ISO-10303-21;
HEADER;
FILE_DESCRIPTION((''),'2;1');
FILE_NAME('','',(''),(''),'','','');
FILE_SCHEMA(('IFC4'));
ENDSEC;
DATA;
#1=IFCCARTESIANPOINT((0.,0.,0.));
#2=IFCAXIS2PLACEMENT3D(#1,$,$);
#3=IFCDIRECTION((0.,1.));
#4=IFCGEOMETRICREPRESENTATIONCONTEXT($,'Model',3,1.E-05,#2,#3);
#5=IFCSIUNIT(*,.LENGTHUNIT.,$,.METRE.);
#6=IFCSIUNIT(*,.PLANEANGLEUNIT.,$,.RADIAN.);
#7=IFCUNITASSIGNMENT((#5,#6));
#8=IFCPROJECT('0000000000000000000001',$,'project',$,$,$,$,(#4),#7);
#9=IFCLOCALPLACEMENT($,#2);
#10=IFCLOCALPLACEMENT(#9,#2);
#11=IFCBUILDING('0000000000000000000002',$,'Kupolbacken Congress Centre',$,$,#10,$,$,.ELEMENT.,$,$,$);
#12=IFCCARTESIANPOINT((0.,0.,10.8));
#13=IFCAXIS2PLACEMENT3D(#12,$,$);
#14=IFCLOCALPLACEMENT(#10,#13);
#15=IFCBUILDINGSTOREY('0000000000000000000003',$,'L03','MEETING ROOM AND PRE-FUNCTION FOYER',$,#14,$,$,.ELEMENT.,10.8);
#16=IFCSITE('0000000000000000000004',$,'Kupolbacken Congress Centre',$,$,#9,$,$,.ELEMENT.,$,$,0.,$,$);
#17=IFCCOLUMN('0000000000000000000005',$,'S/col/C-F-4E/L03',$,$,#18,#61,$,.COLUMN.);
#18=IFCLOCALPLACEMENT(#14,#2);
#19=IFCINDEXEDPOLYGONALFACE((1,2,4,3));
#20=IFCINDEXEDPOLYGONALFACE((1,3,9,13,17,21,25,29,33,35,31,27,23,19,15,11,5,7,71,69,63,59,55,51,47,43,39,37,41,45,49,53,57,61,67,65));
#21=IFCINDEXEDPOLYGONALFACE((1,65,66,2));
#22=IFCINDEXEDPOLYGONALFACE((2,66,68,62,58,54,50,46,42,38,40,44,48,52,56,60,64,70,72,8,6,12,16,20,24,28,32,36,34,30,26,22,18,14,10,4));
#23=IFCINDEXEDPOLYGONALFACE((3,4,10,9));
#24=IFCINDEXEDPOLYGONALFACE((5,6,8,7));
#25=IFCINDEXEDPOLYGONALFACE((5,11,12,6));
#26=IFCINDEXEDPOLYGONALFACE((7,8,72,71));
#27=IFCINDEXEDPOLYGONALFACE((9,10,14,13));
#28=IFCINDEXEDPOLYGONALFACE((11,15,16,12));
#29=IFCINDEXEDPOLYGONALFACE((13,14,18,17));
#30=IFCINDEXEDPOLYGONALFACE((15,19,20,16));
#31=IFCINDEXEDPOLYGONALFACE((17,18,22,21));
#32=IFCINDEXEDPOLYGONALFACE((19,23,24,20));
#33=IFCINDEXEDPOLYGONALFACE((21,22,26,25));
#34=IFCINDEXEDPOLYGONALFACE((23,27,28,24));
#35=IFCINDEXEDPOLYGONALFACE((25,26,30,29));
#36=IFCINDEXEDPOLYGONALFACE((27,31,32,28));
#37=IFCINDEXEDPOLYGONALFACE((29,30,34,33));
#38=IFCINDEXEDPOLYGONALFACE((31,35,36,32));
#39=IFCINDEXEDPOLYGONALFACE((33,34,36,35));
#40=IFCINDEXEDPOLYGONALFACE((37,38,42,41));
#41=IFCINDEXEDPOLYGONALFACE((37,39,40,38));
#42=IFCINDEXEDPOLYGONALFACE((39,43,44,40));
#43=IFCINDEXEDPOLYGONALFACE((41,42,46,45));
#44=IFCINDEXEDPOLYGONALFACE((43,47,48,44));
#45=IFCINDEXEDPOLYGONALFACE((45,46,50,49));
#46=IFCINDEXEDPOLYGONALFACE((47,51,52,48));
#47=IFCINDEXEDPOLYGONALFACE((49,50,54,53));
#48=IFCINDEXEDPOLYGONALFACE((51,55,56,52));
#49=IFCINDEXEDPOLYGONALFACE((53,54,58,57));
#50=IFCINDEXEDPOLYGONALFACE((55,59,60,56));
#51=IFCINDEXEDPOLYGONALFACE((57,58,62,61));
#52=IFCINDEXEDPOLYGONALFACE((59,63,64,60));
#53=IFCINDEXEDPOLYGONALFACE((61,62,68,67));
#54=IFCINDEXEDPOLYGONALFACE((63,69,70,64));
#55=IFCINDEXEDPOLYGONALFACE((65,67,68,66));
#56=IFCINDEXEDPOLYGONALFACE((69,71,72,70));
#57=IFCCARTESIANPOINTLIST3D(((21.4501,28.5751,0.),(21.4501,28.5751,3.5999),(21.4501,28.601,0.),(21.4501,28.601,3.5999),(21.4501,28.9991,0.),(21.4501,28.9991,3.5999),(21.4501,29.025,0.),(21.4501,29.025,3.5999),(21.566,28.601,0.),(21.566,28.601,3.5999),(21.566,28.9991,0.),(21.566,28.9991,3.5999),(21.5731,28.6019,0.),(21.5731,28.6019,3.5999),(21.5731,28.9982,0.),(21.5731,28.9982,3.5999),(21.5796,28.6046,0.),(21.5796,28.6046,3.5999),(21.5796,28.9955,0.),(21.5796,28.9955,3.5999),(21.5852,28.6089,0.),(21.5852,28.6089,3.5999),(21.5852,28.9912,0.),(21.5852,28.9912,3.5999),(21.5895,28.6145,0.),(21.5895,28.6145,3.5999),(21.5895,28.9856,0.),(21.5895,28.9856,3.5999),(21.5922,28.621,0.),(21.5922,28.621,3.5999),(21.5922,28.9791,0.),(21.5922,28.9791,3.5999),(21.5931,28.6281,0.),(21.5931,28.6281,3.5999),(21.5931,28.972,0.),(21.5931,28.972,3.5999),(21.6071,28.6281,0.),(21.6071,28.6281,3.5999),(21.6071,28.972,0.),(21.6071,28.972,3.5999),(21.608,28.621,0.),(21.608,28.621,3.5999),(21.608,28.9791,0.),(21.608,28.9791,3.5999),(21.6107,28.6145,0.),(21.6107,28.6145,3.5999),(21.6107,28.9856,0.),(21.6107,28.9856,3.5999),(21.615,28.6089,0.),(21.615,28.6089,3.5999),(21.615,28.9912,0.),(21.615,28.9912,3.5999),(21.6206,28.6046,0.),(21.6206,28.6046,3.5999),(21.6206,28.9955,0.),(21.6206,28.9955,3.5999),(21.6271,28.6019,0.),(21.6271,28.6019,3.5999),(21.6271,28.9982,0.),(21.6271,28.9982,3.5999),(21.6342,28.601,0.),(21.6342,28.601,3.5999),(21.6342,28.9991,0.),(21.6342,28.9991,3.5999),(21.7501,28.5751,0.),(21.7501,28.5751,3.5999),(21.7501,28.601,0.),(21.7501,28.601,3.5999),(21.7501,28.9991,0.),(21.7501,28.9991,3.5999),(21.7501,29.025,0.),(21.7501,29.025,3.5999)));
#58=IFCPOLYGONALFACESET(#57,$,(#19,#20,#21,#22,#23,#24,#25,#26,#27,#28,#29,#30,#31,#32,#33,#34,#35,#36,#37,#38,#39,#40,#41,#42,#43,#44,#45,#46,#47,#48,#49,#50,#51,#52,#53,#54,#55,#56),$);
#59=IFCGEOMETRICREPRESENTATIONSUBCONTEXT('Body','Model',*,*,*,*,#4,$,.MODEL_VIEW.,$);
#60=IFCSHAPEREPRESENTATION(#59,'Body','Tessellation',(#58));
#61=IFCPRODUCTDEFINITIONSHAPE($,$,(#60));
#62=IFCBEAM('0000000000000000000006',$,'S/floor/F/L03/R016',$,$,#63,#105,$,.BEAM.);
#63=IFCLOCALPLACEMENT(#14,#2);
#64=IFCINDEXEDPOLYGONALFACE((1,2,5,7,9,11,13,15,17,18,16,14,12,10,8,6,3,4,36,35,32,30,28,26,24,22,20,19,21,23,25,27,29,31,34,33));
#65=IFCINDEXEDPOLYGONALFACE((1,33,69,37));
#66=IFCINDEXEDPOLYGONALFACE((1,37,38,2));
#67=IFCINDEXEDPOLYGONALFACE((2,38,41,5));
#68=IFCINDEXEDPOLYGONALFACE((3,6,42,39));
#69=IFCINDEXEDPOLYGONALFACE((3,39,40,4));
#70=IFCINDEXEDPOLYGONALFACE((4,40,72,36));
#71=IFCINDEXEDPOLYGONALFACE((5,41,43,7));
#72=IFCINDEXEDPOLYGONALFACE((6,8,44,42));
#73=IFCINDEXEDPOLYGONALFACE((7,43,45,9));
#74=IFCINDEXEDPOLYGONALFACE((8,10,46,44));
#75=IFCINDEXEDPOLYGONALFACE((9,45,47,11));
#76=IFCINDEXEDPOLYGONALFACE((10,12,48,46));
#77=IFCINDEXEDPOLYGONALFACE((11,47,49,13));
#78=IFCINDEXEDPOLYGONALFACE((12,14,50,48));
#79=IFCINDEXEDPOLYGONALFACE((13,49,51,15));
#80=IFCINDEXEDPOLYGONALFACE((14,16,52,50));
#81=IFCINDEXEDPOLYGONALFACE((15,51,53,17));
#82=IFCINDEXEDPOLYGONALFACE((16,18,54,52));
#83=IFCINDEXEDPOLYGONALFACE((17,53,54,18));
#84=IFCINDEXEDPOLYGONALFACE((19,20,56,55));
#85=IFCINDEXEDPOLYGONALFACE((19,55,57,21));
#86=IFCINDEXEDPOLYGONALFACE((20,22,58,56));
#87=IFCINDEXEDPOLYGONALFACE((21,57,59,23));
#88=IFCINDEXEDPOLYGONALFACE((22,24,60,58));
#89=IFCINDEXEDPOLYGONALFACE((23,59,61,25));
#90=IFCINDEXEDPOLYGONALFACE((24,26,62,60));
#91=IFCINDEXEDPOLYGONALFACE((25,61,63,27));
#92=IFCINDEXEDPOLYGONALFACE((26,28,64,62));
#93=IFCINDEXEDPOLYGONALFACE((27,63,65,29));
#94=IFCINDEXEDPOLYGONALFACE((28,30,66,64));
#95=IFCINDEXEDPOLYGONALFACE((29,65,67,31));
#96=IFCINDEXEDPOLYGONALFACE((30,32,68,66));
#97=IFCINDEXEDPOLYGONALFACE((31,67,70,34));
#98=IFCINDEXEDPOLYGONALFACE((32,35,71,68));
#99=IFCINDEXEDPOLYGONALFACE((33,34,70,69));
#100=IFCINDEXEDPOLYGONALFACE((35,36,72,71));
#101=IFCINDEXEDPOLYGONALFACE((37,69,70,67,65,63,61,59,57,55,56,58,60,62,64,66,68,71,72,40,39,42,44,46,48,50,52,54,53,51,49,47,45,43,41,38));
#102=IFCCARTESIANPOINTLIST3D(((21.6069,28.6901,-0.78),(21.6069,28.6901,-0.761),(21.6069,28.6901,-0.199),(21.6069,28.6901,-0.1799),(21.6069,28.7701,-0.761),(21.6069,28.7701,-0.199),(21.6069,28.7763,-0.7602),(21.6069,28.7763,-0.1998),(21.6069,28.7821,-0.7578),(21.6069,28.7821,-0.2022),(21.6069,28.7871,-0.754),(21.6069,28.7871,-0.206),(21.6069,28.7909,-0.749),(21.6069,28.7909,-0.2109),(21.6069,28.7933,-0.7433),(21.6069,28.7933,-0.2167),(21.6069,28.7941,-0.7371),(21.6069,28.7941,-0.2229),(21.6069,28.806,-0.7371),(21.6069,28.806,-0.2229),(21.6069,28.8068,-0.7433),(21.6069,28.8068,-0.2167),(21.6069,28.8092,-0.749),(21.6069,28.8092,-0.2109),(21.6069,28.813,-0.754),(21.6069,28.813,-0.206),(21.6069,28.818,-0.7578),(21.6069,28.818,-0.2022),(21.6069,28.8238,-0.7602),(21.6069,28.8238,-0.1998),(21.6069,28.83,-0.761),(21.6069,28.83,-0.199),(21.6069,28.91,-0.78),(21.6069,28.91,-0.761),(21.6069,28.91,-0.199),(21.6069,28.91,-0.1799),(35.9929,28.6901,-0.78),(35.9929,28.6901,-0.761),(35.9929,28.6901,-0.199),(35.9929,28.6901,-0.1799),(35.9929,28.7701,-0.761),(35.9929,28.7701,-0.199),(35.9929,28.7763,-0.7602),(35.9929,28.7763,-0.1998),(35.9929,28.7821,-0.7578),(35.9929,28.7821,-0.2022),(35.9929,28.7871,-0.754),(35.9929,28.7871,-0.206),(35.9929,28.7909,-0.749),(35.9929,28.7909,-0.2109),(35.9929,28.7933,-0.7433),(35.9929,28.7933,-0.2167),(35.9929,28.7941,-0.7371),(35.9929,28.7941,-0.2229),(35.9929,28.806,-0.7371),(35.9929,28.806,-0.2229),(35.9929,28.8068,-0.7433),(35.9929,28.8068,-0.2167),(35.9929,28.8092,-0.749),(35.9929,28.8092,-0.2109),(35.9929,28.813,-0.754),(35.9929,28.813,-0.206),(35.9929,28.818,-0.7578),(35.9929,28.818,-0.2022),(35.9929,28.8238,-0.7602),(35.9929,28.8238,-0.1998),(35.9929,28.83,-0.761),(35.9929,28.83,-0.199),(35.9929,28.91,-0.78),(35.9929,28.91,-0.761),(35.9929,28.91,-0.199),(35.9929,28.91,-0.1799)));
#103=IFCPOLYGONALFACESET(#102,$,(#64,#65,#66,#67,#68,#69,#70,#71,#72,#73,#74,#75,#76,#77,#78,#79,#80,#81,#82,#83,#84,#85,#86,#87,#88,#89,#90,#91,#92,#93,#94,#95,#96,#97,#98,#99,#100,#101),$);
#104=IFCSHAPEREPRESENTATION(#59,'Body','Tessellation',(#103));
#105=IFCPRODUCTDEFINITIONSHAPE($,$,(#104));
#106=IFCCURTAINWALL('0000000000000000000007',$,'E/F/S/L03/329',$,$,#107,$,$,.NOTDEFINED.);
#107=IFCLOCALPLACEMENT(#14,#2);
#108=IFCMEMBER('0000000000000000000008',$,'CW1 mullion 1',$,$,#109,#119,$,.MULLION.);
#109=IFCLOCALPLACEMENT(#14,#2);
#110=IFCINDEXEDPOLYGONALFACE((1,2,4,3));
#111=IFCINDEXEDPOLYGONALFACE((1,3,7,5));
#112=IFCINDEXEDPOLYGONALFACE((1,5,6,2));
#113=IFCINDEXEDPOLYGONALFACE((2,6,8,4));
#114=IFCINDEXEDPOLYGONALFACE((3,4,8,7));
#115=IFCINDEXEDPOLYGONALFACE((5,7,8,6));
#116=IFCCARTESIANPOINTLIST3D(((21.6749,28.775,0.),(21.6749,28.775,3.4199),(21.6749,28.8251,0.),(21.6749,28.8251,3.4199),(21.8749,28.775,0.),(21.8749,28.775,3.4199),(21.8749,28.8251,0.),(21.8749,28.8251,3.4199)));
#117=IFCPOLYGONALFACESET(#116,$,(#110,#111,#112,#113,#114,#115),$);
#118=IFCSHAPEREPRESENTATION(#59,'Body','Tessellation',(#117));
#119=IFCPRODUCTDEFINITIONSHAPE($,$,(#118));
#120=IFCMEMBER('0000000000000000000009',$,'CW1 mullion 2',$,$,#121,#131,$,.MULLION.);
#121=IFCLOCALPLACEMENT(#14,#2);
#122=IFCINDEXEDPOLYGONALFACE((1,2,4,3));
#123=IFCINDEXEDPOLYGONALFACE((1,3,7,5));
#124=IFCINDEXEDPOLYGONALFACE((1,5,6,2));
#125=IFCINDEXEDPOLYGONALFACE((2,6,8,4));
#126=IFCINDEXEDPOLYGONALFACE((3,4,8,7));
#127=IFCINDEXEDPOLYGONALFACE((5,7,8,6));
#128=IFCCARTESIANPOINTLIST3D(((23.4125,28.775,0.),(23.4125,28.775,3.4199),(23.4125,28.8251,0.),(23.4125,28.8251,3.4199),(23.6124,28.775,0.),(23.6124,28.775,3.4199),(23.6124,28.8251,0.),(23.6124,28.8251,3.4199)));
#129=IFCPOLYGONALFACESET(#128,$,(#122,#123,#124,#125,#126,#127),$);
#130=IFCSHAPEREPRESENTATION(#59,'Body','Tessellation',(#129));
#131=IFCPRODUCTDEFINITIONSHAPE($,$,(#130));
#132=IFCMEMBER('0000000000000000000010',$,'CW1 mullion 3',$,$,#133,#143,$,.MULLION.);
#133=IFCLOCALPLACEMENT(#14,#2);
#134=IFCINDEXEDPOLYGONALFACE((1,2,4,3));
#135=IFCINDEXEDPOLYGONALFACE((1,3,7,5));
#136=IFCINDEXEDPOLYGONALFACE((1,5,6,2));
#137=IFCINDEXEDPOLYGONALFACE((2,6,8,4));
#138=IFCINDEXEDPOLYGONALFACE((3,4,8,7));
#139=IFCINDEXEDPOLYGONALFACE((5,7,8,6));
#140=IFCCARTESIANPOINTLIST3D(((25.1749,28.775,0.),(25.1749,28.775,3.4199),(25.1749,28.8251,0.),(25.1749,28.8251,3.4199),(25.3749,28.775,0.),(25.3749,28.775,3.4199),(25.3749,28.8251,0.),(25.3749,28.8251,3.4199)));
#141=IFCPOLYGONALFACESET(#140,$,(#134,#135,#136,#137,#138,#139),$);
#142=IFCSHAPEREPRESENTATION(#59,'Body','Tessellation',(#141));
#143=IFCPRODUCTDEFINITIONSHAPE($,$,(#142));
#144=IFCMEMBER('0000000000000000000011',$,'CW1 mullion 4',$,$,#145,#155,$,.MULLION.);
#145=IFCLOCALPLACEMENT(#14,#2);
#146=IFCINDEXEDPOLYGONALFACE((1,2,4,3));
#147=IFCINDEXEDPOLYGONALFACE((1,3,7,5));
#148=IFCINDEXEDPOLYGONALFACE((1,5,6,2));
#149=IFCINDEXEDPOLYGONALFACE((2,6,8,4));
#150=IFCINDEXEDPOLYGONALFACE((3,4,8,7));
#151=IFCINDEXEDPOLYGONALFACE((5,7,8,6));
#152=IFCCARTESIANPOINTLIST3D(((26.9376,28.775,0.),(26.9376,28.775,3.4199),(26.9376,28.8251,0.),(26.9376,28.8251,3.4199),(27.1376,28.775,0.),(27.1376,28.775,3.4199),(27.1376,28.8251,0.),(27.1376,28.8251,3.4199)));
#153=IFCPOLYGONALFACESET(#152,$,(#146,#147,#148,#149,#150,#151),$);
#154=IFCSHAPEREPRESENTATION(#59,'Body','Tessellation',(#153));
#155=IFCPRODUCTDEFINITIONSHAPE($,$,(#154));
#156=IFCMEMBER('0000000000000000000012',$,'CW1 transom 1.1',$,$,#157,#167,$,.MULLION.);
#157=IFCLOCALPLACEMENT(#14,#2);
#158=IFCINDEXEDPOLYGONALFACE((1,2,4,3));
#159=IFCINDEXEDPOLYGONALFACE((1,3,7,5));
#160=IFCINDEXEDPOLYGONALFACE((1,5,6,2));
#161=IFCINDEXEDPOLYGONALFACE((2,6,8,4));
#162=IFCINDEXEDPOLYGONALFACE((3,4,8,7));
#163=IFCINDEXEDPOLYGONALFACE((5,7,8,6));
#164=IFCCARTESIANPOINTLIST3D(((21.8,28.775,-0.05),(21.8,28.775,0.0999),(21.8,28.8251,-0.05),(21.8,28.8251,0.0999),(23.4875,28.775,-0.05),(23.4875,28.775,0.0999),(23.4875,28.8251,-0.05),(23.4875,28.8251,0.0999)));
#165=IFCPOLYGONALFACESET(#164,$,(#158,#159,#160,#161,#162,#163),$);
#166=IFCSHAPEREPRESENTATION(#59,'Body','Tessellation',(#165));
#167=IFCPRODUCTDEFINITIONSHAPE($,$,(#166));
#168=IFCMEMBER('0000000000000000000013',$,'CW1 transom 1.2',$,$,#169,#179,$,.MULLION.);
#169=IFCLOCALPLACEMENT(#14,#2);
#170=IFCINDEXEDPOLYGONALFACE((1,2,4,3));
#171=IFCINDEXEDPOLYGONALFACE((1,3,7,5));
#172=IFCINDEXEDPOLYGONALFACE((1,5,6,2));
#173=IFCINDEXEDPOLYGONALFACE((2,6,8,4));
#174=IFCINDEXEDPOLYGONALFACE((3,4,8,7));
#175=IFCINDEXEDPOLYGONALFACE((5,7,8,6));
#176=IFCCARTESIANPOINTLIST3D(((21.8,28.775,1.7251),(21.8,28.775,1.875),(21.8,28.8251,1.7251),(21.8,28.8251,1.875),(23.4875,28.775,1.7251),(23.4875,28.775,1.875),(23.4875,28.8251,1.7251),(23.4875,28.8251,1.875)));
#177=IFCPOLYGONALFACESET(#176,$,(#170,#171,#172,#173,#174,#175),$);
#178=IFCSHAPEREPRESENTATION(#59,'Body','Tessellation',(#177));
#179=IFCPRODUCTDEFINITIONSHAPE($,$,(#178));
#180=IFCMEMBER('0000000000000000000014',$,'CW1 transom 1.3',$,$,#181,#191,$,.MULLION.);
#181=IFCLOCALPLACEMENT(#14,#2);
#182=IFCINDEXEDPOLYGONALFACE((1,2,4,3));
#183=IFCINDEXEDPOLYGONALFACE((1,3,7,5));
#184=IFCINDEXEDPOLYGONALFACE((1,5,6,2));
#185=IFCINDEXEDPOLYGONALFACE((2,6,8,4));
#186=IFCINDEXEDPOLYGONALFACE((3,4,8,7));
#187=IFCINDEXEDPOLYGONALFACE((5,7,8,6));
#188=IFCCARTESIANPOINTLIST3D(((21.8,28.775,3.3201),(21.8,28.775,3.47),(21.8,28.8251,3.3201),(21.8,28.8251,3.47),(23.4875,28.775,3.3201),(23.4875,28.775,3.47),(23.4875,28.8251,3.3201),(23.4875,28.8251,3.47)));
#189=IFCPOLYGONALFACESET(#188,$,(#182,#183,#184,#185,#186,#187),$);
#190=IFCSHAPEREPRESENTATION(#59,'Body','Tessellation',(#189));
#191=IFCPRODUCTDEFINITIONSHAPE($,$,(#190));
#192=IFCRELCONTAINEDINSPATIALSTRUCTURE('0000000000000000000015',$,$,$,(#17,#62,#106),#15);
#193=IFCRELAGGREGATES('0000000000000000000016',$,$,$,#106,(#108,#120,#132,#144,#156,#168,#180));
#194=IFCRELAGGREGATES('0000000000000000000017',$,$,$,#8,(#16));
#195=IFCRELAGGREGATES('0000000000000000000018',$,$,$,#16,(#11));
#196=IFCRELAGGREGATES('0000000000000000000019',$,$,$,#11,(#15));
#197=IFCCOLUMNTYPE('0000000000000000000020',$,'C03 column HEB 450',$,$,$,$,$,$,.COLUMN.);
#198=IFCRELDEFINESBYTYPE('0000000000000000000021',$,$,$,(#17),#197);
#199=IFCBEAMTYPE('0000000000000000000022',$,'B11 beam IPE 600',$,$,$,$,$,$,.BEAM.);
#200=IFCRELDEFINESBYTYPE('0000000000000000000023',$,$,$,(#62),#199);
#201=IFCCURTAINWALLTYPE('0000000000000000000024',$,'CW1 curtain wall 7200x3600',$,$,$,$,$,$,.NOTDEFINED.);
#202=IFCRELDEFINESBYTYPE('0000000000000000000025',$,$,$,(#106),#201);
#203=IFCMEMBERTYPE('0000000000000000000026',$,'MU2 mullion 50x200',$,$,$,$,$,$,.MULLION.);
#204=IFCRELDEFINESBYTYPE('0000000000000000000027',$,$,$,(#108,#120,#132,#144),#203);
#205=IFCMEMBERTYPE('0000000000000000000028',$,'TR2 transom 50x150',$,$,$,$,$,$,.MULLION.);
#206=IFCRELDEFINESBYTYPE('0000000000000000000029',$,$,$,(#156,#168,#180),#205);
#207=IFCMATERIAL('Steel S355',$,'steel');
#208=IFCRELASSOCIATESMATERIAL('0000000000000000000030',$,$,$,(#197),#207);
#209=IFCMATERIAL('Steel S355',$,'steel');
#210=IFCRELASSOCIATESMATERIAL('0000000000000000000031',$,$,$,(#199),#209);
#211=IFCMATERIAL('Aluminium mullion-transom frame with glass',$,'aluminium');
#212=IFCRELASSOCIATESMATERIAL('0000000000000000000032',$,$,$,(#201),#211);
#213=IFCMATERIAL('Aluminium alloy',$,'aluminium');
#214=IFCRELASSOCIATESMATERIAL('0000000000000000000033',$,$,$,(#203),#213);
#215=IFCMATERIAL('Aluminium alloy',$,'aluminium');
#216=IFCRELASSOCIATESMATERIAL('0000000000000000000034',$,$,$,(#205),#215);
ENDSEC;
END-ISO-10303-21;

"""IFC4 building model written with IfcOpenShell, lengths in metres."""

from ifc_helpers import new_model, si_unit, direction, frame, origin, origin_2d, place, context, subcontext, project, spatial, rectangle, i_section, extrude, material, material_profile, profile_set, type_object, element, aggregate, save


model = new_model("IFC4")

# Units and contexts
model_context = context("Model", 3, precision=1e-05, world=origin(), true_north=direction((0.0, 1.0)))
body_context = subcontext(model_context, "Body", "Model", "MODEL_VIEW")
ifc_project = project(units=[si_unit("LENGTHUNIT", "METRE"), si_unit("PLANEANGLEUNIT", "RADIAN")], contexts=[model_context])

# Site, building, storey
site_placement = place(None, origin())
site = spatial("IfcSite", under=ifc_project, at=site_placement, Name="Kupolbacken Congress Centre", CompositionType="ELEMENT", RefElevation=0.0)
building_placement = place(site_placement, origin())
building = spatial("IfcBuilding", under=site, at=building_placement, Name="Kupolbacken Congress Centre", CompositionType="ELEMENT")
storey_placement = place(building_placement, frame((0.0, 0.0, 10.8)))
storey = spatial("IfcBuildingStorey", under=building, at=storey_placement, Name="L03", Description="MEETING ROOM AND PRE-FUNCTION FOYER", CompositionType="ELEMENT", Elevation=10.8)

# Column
ifc_material_1 = material(Name="Steel S355", Category="steel")
ifc_material_profile_1 = material_profile(ifc_material_1, i_section(OverallWidth=0.3, OverallDepth=0.45, WebThickness=0.0139, FlangeThickness=0.0259, FilletRadius=0.0271, at=origin_2d()), Name="HEB 450")
ifc_profile_set_1 = profile_set([ifc_material_profile_1], Name="Steel S355")
column_type = type_object("IfcColumnType", Name="C03 column HEB 450", PredefinedType="COLUMN", material=ifc_profile_set_1)
column_placement = place(storey_placement, frame((21.6001, 28.8, 0.0), z_axis=(0.0, 0.0, 1.0), x_axis=(1.0, 0.0, 0.0)))
element("IfcColumn", 1, at=column_placement, inside=storey, type_object=column_type, Name="S/col/C-F-4E/L03", PredefinedType="COLUMN", context=body_context, shape_type="SweptSolid", body=[
    extrude(i_section(OverallWidth=0.3, OverallDepth=0.45, WebThickness=0.0139, FlangeThickness=0.0259, FilletRadius=0.0271, at=origin_2d()), origin(), (0.0, 0.0, 1.0), 3.5999),
])

# Beam
ifc_material_2 = material(Name="Steel S355", Category="steel")
ifc_material_profile_2 = material_profile(ifc_material_2, i_section(OverallWidth=0.22, OverallDepth=0.6001, WebThickness=0.012, FlangeThickness=0.019, FilletRadius=0.0239, at=origin_2d()), Name="IPE 600")
ifc_profile_set_2 = profile_set([ifc_material_profile_2], Name="Steel S355")
beam_type = type_object("IfcBeamType", Name="B11 beam IPE 600", PredefinedType="BEAM", material=ifc_profile_set_2)
beam_placement = place(storey_placement, frame((21.6069, 28.8, -0.48), z_axis=(1.0, 0.0, 0.0), x_axis=(0.0, 1.0, 0.0)))
element("IfcBeam", 2, at=beam_placement, inside=storey, type_object=beam_type, Name="S/floor/F/L03/R016", PredefinedType="BEAM", context=body_context, shape_type="SweptSolid", body=[
    extrude(i_section(OverallWidth=0.22, OverallDepth=0.6001, WebThickness=0.012, FlangeThickness=0.019, FilletRadius=0.0239, at=origin_2d()), origin(), (0.0, 0.0, 1.0), 14.386),
])

# Curtain wall, members
ifc_material_3 = material(Name="Aluminium mullion-transom frame with glass", Category="aluminium")
curtain_wall_type = type_object("IfcCurtainWallType", Name="CW1 curtain wall 7200x3600", PredefinedType="NOTDEFINED", material=ifc_material_3)
curtain_wall_placement = place(storey_placement, origin())
curtain_wall = element("IfcCurtainWall", 3, at=curtain_wall_placement, inside=storey, type_object=curtain_wall_type, Name="E/F/S/L03/329", PredefinedType="NOTDEFINED")
ifc_material_4 = material(Name="Aluminium alloy", Category="aluminium")
ifc_material_profile_3 = material_profile(ifc_material_4, rectangle(XDim=0.05, YDim=0.2, at=origin_2d()), Name="50 x 200")
ifc_profile_set_3 = profile_set([ifc_material_profile_3], Name="Aluminium alloy")
member_type_1 = type_object("IfcMemberType", Name="MU2 mullion 50x200", PredefinedType="MULLION", material=ifc_profile_set_3)
member_1_placement = place(storey_placement, frame((21.7749, 28.8, 0.0), z_axis=(0.0, 0.0, 1.0), x_axis=(0.0, 1.0, 0.0)))
member_1 = element("IfcMember", 4, at=member_1_placement, type_object=member_type_1, Name="CW1 mullion 1", PredefinedType="MULLION", context=body_context, shape_type="SweptSolid", body=[
    extrude(rectangle(XDim=0.05, YDim=0.2, at=origin_2d()), origin(), (0.0, 0.0, 1.0), 3.4199),
])
member_2_placement = place(storey_placement, frame((23.5125, 28.8, 0.0), z_axis=(0.0, 0.0, 1.0), x_axis=(0.0, 1.0, 0.0)))
member_2 = element("IfcMember", 5, at=member_2_placement, type_object=member_type_1, Name="CW1 mullion 2", PredefinedType="MULLION", context=body_context, shape_type="SweptSolid", body=[
    extrude(rectangle(XDim=0.05, YDim=0.2, at=origin_2d()), origin(), (0.0, 0.0, 1.0), 3.4199),
])
member_3_placement = place(storey_placement, frame((25.2749, 28.8, 0.0), z_axis=(0.0, 0.0, 1.0), x_axis=(0.0, 1.0, 0.0)))
member_3 = element("IfcMember", 6, at=member_3_placement, type_object=member_type_1, Name="CW1 mullion 3", PredefinedType="MULLION", context=body_context, shape_type="SweptSolid", body=[
    extrude(rectangle(XDim=0.05, YDim=0.2, at=origin_2d()), origin(), (0.0, 0.0, 1.0), 3.4199),
])
member_4_placement = place(storey_placement, frame((27.0376, 28.8, 0.0), z_axis=(0.0, 0.0, 1.0), x_axis=(0.0, 1.0, 0.0)))
member_4 = element("IfcMember", 7, at=member_4_placement, type_object=member_type_1, Name="CW1 mullion 4", PredefinedType="MULLION", context=body_context, shape_type="SweptSolid", body=[
    extrude(rectangle(XDim=0.05, YDim=0.2, at=origin_2d()), origin(), (0.0, 0.0, 1.0), 3.4199),
])
ifc_material_5 = material(Name="Aluminium alloy", Category="aluminium")
ifc_material_profile_4 = material_profile(ifc_material_5, rectangle(XDim=0.05, YDim=0.1499, at=origin_2d()), Name="50 x 150")
ifc_profile_set_4 = profile_set([ifc_material_profile_4], Name="Aluminium alloy")
member_type_2 = type_object("IfcMemberType", Name="TR2 transom 50x150", PredefinedType="MULLION", material=ifc_profile_set_4)
member_5_placement = place(storey_placement, frame((21.8, 28.8, 0.0249), z_axis=(1.0, 0.0, 0.0), x_axis=(0.0, 1.0, 0.0)))
member_5 = element("IfcMember", 8, at=member_5_placement, type_object=member_type_2, Name="CW1 transom 1.1", PredefinedType="MULLION", context=body_context, shape_type="SweptSolid", body=[
    extrude(rectangle(XDim=0.05, YDim=0.1499, at=origin_2d()), origin(), (0.0, 0.0, 1.0), 1.6875),
])
member_6_placement = place(storey_placement, frame((21.8, 28.8, 1.8), z_axis=(1.0, 0.0, 0.0), x_axis=(0.0, 1.0, 0.0)))
member_6 = element("IfcMember", 9, at=member_6_placement, type_object=member_type_2, Name="CW1 transom 1.2", PredefinedType="MULLION", context=body_context, shape_type="SweptSolid", body=[
    extrude(rectangle(XDim=0.05, YDim=0.1499, at=origin_2d()), origin(), (0.0, 0.0, 1.0), 1.6875),
])
member_7_placement = place(storey_placement, frame((21.8, 28.8, 3.395), z_axis=(1.0, 0.0, 0.0), x_axis=(0.0, 1.0, 0.0)))
member_7 = element("IfcMember", 10, at=member_7_placement, type_object=member_type_2, Name="CW1 transom 1.3", PredefinedType="MULLION", context=body_context, shape_type="SweptSolid", body=[
    extrude(rectangle(XDim=0.05, YDim=0.1499, at=origin_2d()), origin(), (0.0, 0.0, 1.0), 1.6875),
])
aggregate(curtain_wall, [member_1, member_2, member_3, member_4, member_5, member_6, member_7])

save(model, "model.ifc")
